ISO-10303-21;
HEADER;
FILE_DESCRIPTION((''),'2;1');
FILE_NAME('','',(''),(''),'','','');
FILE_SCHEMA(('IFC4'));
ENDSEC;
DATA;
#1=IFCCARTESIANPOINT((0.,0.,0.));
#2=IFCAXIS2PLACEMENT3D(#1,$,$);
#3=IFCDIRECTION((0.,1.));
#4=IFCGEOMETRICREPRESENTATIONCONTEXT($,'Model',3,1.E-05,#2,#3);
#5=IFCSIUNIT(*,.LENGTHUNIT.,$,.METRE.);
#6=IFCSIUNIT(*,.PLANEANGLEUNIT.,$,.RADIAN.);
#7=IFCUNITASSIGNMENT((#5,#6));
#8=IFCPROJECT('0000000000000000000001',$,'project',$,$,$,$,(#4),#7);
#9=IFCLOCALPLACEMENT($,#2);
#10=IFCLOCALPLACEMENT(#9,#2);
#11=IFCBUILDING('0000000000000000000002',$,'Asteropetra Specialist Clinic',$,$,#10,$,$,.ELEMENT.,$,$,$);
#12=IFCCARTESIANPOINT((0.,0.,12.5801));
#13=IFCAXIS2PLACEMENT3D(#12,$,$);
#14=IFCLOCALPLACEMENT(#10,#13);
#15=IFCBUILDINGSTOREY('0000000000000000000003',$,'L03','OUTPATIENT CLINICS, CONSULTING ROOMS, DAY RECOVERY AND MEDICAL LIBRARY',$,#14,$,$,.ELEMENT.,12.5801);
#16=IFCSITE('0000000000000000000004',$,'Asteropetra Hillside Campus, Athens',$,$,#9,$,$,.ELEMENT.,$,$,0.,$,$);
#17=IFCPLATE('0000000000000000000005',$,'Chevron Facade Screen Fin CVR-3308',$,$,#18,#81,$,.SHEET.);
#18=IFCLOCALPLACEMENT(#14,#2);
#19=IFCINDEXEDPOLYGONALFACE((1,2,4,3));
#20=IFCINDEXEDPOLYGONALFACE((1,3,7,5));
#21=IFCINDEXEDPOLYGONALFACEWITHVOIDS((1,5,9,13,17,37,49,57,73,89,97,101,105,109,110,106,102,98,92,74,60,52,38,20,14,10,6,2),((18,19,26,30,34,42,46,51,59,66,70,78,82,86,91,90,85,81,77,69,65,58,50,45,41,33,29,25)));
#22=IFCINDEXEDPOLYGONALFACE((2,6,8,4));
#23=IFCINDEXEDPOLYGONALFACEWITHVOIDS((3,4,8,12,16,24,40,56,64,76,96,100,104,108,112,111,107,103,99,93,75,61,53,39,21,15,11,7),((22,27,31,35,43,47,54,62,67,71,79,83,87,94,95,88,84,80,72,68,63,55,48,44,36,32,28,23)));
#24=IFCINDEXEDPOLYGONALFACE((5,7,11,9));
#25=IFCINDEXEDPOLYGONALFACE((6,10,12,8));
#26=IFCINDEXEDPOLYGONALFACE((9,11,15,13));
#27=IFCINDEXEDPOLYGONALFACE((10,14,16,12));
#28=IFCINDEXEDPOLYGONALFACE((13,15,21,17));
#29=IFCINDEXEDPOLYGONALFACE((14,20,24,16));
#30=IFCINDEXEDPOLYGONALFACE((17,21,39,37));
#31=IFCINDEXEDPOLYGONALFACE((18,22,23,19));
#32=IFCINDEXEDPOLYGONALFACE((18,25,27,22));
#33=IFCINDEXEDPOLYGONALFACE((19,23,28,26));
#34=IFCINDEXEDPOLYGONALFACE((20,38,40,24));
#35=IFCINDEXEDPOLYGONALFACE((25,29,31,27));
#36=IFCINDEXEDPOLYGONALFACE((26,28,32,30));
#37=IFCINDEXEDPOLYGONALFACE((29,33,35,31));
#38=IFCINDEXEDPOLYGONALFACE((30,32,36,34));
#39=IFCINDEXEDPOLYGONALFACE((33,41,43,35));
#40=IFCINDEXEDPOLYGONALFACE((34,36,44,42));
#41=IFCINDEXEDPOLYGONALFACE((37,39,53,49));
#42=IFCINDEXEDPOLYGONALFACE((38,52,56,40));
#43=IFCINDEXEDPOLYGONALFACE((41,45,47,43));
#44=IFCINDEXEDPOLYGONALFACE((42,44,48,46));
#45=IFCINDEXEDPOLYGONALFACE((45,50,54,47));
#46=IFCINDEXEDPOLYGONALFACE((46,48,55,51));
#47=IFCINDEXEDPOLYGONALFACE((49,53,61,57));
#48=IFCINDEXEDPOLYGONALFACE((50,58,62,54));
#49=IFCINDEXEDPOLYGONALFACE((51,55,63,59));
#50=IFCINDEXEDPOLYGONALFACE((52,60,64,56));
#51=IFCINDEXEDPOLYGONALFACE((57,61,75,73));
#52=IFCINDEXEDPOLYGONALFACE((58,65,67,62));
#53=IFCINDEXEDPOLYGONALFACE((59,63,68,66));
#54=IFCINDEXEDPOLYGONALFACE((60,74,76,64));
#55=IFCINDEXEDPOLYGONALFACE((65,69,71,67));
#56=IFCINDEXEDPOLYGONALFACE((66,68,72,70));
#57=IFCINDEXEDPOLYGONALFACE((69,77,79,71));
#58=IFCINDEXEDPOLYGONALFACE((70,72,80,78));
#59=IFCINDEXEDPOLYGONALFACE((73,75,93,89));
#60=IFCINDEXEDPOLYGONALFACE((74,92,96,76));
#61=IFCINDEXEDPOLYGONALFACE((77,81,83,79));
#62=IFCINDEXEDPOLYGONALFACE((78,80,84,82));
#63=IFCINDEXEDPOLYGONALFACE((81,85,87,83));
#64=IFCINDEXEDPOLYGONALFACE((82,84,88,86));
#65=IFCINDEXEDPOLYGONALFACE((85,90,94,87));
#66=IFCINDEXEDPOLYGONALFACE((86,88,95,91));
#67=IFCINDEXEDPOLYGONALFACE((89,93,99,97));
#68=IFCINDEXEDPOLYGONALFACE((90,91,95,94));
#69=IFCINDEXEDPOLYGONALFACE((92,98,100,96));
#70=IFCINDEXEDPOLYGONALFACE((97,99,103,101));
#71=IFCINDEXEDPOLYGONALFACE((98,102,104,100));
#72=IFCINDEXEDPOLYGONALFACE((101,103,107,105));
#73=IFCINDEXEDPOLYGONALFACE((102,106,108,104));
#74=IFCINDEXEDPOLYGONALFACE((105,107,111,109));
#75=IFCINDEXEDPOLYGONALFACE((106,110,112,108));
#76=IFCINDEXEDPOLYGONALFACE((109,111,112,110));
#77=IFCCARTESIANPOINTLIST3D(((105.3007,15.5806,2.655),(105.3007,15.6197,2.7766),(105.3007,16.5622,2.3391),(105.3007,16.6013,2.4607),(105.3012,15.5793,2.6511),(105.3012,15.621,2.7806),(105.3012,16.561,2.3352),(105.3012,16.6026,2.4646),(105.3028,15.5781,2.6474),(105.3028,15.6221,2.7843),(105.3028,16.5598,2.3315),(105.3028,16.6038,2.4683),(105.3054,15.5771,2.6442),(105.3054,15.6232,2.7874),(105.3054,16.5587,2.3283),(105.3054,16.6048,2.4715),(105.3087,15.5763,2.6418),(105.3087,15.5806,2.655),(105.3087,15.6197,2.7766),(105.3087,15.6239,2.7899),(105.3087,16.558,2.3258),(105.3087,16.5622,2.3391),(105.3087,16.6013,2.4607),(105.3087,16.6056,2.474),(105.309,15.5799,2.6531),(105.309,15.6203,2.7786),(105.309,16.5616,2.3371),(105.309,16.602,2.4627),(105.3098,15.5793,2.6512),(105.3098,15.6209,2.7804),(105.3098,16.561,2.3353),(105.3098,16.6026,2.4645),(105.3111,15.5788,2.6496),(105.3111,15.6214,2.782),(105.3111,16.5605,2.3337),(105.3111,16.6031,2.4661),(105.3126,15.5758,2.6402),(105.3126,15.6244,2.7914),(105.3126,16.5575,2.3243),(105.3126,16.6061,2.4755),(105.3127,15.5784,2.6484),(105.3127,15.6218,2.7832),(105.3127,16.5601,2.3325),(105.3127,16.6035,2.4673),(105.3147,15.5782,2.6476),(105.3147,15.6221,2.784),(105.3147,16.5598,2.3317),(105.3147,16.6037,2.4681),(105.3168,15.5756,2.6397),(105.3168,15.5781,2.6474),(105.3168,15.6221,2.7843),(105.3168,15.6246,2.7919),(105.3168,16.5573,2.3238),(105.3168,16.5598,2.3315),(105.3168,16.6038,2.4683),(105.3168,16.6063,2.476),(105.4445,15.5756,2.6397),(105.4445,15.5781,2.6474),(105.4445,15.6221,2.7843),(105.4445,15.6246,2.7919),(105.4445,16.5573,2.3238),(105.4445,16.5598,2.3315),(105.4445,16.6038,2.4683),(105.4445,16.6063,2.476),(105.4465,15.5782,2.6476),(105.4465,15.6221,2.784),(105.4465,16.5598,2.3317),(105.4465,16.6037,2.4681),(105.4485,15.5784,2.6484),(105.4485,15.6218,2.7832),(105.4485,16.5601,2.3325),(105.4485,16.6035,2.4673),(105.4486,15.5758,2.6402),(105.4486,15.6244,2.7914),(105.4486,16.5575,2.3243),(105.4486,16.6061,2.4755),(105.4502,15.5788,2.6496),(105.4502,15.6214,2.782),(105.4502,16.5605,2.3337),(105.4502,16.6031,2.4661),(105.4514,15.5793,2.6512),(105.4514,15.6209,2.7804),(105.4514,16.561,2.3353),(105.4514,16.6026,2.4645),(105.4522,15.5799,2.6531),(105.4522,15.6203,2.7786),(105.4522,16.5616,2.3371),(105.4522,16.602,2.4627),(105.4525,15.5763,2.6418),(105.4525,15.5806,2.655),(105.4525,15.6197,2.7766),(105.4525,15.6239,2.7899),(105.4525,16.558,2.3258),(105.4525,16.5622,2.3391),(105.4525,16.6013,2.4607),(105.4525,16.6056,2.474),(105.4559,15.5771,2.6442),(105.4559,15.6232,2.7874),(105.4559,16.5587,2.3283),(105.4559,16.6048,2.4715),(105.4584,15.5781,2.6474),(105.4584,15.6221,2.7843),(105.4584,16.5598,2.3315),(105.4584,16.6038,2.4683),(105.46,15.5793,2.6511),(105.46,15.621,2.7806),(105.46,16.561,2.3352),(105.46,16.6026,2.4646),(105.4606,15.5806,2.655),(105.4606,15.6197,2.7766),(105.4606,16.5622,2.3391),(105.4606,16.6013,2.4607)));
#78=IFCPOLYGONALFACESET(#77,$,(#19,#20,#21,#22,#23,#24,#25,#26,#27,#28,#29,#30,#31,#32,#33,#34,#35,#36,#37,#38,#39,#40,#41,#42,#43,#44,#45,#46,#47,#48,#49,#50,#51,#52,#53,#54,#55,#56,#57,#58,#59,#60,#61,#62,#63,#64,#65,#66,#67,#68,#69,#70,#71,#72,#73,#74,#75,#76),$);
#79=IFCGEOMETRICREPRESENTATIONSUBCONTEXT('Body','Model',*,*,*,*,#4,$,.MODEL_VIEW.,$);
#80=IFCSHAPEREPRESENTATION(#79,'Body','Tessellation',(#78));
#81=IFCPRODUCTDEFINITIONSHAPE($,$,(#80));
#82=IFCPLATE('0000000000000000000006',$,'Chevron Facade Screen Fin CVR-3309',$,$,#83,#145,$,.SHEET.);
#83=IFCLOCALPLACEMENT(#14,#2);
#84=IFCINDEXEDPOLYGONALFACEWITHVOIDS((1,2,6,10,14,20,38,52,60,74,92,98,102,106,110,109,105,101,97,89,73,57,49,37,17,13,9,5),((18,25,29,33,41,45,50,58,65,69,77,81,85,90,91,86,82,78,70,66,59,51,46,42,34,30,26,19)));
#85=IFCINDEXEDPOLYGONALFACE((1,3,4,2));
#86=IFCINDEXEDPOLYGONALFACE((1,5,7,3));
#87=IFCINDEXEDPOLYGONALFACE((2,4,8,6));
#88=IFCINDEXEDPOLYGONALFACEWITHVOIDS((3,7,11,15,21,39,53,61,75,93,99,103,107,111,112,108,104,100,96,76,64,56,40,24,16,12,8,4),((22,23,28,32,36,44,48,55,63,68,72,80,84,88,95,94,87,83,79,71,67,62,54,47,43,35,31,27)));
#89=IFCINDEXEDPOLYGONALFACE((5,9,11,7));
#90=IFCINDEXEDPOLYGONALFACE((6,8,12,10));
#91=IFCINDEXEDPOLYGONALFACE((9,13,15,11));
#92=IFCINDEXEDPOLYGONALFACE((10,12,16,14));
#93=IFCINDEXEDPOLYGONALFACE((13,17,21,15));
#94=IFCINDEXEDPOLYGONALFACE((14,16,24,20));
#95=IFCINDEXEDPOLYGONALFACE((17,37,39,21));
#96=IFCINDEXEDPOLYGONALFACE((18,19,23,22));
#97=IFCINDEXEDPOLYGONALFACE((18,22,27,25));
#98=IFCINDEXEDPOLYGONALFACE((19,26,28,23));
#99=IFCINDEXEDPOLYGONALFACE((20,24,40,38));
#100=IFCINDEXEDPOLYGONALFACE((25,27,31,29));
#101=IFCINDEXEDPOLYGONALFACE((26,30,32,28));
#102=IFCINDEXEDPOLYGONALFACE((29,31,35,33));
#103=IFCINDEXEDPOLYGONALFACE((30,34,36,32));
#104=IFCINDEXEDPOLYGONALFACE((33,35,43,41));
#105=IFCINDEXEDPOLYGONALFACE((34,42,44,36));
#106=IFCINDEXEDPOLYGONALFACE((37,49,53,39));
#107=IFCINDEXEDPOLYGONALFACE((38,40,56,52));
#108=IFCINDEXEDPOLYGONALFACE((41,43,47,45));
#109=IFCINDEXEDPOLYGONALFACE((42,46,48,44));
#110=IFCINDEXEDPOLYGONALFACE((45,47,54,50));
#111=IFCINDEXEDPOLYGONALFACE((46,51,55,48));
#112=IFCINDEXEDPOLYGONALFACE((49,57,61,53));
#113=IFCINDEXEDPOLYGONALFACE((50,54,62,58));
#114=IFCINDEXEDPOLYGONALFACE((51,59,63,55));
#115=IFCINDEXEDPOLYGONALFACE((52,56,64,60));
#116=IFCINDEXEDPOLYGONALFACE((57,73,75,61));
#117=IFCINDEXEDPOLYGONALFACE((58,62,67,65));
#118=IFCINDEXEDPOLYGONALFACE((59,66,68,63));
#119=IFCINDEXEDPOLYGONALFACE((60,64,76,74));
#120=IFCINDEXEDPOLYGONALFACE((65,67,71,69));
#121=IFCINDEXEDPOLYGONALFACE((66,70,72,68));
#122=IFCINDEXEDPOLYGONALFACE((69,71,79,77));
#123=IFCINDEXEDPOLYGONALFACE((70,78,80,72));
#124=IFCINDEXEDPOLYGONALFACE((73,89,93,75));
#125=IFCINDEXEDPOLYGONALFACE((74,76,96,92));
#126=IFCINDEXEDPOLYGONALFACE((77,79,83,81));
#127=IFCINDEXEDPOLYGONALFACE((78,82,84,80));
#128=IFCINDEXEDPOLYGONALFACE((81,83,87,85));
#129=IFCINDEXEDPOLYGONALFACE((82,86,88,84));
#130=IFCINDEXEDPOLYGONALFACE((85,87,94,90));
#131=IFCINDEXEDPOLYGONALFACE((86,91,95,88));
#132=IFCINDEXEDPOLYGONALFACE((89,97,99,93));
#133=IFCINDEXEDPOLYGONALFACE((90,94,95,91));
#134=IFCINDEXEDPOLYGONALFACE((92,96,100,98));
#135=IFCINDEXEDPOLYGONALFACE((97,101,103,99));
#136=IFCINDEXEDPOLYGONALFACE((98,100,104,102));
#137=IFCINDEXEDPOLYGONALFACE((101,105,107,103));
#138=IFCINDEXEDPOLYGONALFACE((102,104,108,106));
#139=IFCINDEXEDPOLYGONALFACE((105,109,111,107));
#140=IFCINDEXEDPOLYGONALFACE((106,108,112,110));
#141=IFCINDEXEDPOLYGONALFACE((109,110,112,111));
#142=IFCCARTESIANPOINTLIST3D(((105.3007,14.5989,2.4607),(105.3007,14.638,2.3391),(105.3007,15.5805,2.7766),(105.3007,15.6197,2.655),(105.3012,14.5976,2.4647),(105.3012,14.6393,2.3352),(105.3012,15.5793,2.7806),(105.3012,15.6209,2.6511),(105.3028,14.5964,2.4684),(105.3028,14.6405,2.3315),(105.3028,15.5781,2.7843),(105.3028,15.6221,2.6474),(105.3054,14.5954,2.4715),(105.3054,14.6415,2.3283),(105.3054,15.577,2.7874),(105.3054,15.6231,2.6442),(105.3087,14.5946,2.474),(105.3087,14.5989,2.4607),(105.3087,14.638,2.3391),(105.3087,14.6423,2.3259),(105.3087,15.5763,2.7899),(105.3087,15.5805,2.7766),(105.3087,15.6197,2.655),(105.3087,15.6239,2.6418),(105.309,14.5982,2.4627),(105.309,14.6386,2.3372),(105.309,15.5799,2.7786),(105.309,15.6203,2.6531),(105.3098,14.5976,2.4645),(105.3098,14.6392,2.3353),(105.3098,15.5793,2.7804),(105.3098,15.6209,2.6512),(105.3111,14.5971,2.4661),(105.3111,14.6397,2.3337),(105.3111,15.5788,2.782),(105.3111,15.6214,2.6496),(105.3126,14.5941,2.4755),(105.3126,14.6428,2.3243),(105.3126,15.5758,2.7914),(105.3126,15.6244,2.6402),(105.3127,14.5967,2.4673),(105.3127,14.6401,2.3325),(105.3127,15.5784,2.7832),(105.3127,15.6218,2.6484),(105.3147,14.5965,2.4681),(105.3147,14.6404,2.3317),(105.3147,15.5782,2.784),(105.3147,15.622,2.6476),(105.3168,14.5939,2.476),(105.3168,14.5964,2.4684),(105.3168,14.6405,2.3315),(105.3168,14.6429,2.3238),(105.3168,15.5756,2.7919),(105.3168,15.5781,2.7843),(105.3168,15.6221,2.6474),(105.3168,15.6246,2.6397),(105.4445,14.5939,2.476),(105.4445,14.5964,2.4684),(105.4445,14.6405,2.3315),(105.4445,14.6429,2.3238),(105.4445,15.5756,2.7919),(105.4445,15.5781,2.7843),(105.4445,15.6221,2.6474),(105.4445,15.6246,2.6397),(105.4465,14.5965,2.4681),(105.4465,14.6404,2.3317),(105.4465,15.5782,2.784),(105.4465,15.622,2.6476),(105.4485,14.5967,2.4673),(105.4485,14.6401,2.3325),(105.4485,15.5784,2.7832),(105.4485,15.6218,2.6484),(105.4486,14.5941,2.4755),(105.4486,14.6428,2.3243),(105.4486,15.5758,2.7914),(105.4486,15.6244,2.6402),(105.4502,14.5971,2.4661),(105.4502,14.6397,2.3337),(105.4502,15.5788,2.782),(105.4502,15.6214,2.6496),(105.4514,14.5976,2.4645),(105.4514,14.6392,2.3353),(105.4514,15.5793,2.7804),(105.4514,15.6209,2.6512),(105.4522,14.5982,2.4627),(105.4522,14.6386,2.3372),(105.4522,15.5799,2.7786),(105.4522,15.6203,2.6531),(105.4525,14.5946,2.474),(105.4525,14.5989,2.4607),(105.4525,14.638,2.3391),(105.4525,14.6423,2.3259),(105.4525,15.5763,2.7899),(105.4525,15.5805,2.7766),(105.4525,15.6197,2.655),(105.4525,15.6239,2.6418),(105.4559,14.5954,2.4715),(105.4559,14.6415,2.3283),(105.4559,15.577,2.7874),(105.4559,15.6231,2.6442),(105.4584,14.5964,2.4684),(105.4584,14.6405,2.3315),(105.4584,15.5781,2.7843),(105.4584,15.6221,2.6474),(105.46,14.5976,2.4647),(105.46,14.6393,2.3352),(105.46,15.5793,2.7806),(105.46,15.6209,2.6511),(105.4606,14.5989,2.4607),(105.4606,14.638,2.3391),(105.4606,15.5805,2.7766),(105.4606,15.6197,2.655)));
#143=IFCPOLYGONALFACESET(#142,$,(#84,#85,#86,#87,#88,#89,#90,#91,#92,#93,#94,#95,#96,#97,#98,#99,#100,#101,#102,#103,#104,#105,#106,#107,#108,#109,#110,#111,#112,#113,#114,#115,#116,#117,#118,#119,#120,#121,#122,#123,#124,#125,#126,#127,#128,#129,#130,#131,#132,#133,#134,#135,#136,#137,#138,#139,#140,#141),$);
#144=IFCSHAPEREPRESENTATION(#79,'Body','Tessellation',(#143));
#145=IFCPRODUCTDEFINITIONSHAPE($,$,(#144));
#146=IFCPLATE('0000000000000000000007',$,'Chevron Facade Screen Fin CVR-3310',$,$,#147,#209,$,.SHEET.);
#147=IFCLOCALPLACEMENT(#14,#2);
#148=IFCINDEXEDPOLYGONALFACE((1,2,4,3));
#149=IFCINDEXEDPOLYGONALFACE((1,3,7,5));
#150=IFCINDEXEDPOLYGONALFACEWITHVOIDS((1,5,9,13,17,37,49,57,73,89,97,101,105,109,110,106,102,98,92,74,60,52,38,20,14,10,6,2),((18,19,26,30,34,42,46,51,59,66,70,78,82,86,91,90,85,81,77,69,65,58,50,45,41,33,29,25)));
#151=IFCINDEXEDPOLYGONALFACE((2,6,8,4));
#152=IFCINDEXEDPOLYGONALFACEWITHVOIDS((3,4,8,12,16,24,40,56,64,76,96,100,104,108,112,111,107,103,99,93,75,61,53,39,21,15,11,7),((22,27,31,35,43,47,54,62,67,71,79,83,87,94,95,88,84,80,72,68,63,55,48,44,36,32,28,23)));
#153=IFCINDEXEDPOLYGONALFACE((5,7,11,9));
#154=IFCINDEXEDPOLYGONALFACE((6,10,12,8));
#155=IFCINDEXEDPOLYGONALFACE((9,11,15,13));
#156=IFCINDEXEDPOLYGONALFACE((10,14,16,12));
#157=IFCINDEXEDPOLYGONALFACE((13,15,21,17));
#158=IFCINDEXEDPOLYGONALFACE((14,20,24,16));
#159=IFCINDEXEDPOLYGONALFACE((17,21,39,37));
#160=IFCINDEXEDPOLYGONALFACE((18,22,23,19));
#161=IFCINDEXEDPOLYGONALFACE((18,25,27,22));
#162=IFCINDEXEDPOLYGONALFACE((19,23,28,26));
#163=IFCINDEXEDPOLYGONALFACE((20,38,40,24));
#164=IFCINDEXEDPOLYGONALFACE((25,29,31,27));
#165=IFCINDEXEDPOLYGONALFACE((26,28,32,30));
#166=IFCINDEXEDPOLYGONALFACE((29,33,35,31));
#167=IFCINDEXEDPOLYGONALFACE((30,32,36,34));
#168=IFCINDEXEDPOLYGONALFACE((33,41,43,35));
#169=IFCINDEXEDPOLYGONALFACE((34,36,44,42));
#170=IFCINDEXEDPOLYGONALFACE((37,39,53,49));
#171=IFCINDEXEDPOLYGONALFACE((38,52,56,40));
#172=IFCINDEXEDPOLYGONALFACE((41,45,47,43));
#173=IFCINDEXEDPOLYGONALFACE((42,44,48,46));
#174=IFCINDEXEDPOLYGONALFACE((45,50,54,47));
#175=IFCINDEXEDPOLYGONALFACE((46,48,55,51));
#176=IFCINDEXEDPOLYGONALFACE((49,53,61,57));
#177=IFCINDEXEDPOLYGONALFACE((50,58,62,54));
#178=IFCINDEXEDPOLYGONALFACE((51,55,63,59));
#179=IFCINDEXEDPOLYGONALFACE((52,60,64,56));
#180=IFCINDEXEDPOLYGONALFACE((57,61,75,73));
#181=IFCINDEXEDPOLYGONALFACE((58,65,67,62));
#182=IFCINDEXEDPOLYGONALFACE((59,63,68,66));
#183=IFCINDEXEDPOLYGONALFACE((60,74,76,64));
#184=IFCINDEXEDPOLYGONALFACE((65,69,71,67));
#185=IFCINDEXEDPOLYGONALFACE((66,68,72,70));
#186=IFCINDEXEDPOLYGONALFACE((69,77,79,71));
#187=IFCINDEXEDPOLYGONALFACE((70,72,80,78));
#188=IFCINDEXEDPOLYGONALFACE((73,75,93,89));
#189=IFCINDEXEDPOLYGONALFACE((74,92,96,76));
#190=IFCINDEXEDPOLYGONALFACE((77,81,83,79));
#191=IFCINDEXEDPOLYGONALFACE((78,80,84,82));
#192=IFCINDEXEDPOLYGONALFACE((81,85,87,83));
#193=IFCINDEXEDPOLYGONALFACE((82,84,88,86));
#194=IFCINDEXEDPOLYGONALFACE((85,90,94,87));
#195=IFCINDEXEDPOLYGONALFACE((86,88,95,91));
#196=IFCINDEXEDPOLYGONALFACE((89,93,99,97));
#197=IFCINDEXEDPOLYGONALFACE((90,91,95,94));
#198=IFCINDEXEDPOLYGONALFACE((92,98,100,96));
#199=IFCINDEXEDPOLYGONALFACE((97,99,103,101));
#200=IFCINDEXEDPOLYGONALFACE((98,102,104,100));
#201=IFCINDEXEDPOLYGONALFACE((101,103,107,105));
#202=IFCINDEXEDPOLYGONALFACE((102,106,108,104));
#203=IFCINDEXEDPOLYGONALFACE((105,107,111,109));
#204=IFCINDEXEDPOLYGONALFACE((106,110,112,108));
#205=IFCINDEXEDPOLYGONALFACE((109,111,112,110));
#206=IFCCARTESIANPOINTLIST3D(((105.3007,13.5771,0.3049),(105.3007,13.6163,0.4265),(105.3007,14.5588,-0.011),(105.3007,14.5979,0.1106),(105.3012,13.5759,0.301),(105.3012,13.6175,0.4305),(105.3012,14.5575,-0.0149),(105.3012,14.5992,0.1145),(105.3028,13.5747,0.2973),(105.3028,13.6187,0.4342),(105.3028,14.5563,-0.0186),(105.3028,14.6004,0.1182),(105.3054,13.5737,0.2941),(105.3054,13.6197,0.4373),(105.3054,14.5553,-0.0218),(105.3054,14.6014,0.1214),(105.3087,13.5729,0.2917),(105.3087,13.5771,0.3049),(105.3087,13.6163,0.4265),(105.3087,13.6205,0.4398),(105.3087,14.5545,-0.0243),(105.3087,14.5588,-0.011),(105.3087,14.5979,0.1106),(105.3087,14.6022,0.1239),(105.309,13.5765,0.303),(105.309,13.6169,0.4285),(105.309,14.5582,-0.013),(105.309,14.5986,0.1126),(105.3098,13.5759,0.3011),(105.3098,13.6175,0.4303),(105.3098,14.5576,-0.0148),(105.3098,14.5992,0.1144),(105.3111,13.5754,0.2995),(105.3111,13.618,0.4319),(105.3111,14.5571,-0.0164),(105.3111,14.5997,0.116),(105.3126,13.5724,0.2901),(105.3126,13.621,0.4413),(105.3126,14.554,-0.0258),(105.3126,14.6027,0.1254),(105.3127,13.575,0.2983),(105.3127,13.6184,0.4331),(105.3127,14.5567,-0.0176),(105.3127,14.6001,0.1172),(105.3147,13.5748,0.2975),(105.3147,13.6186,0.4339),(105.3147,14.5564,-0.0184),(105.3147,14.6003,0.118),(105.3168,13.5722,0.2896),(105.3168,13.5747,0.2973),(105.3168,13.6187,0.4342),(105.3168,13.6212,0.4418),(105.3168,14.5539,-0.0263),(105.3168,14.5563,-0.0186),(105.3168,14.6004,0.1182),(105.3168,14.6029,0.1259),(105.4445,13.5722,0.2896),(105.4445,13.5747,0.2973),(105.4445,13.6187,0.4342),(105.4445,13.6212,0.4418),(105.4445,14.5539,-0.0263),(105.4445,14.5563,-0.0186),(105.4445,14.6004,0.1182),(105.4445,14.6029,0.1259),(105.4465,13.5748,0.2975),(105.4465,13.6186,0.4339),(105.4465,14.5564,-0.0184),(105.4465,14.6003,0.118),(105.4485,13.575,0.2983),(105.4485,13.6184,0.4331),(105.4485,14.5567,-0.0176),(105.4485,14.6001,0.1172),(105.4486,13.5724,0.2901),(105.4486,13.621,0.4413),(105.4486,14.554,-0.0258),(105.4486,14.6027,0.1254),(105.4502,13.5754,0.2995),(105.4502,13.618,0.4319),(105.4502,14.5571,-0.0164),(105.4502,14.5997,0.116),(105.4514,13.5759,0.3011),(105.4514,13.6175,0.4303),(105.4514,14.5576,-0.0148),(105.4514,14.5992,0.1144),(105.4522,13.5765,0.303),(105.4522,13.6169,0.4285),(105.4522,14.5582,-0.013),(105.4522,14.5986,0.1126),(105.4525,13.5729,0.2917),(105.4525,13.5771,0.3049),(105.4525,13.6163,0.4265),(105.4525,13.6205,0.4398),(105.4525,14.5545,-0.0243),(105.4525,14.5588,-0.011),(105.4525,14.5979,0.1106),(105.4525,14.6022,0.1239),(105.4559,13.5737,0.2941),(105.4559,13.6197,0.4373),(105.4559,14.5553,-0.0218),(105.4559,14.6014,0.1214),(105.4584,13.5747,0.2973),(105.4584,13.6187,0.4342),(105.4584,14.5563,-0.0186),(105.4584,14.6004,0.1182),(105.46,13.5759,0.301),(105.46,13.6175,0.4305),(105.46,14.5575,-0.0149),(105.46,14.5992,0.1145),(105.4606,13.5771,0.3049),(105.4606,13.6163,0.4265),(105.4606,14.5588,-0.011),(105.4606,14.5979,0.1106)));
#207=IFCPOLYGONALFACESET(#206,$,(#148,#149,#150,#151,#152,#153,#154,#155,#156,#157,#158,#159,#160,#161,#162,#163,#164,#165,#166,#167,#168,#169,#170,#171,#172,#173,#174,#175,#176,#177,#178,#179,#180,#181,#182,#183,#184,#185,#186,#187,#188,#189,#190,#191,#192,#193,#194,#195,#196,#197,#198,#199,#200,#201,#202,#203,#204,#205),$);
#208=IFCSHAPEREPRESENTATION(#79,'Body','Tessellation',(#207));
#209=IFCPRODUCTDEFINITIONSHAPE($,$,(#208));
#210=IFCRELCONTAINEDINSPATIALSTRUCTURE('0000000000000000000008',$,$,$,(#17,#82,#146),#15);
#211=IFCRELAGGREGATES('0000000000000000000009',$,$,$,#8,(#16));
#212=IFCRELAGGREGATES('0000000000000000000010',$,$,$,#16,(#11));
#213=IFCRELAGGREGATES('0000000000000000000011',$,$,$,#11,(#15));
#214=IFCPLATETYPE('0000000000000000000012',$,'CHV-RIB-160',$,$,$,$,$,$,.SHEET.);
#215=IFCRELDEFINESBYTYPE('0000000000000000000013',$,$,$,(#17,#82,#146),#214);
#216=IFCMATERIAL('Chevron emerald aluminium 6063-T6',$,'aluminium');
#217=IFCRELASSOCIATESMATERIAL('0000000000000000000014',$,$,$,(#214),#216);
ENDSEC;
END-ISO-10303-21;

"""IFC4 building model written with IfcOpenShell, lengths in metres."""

from ifc_helpers import new_model, si_unit, direction, frame, origin, origin_2d, place, context, subcontext, project, spatial, hollow_rectangle, extrude, material, material_profile, profile_set, type_object, element, save


model = new_model("IFC4")

# Units and contexts
model_context = context("Model", 3, precision=1e-05, world=origin(), true_north=direction((0.0, 1.0)))
body_context = subcontext(model_context, "Body", "Model", "MODEL_VIEW")
ifc_project = project(units=[si_unit("LENGTHUNIT", "METRE"), si_unit("PLANEANGLEUNIT", "RADIAN")], contexts=[model_context])

# Site, building, storey
site_placement = place(None, origin())
site = spatial("IfcSite", under=ifc_project, at=site_placement, Name="Asteropetra Hillside Campus, Athens", CompositionType="ELEMENT", RefElevation=0.0)
building_placement = place(site_placement, origin())
building = spatial("IfcBuilding", under=site, at=building_placement, Name="Asteropetra Specialist Clinic", CompositionType="ELEMENT")
storey_placement = place(building_placement, frame((0.0, 0.0, 12.5801)))
storey = spatial("IfcBuildingStorey", under=building, at=storey_placement, Name="L03", Description="OUTPATIENT CLINICS, CONSULTING ROOMS, DAY RECOVERY AND MEDICAL LIBRARY", CompositionType="ELEMENT", Elevation=12.5801)

# Plates
ifc_material_1 = material(Name="Chevron emerald aluminium 6063-T6", Category="aluminium")
ifc_material_profile = material_profile(ifc_material_1, hollow_rectangle(XDim=0.1599, YDim=0.1599, WallThickness=0.0081, InnerFilletRadius=0.0081, OuterFilletRadius=0.0161, at=origin_2d()), Name="SHS 160x160x8.0")
ifc_profile_set = profile_set([ifc_material_profile], Name="Chevron emerald aluminium 6063-T6")
plate_type_1 = type_object("IfcPlateType", Name="CHV-RIB-160", PredefinedType="SHEET", material=ifc_profile_set)
for number, where, z_axis, x_axis, name in (
    (1, (105.3806, 16.5818, 2.3999), (0.0, -0.951923, 0.306339), (1.0, 0.0, 0.0), "Chevron Facade Screen Fin CVR-3308"),
    (2, (105.3806, 15.6001, 2.7158), (0.0, -0.951923, -0.306339), (1.0, 0.0, 0.0), "Chevron Facade Screen Fin CVR-3309"),
    (3, (105.3806, 14.5784, 0.0498), (0.0, -0.951923, 0.306339), (1.0, 0.0, 0.0), "Chevron Facade Screen Fin CVR-3310"),
):
    element("IfcPlate", number, at=place(storey_placement, frame(where, z_axis=z_axis, x_axis=x_axis)), inside=storey, type_object=plate_type_1, Name=name, PredefinedType="SHEET", context=body_context, shape_type="SweptSolid", body=[
        extrude(hollow_rectangle(XDim=0.1599, YDim=0.1599, WallThickness=0.0081, InnerFilletRadius=0.0081, OuterFilletRadius=0.0161, at=origin_2d()), origin(), (0.0, 0.0, 1.0), 1.0312),
    ])

save(model, "model.ifc")
